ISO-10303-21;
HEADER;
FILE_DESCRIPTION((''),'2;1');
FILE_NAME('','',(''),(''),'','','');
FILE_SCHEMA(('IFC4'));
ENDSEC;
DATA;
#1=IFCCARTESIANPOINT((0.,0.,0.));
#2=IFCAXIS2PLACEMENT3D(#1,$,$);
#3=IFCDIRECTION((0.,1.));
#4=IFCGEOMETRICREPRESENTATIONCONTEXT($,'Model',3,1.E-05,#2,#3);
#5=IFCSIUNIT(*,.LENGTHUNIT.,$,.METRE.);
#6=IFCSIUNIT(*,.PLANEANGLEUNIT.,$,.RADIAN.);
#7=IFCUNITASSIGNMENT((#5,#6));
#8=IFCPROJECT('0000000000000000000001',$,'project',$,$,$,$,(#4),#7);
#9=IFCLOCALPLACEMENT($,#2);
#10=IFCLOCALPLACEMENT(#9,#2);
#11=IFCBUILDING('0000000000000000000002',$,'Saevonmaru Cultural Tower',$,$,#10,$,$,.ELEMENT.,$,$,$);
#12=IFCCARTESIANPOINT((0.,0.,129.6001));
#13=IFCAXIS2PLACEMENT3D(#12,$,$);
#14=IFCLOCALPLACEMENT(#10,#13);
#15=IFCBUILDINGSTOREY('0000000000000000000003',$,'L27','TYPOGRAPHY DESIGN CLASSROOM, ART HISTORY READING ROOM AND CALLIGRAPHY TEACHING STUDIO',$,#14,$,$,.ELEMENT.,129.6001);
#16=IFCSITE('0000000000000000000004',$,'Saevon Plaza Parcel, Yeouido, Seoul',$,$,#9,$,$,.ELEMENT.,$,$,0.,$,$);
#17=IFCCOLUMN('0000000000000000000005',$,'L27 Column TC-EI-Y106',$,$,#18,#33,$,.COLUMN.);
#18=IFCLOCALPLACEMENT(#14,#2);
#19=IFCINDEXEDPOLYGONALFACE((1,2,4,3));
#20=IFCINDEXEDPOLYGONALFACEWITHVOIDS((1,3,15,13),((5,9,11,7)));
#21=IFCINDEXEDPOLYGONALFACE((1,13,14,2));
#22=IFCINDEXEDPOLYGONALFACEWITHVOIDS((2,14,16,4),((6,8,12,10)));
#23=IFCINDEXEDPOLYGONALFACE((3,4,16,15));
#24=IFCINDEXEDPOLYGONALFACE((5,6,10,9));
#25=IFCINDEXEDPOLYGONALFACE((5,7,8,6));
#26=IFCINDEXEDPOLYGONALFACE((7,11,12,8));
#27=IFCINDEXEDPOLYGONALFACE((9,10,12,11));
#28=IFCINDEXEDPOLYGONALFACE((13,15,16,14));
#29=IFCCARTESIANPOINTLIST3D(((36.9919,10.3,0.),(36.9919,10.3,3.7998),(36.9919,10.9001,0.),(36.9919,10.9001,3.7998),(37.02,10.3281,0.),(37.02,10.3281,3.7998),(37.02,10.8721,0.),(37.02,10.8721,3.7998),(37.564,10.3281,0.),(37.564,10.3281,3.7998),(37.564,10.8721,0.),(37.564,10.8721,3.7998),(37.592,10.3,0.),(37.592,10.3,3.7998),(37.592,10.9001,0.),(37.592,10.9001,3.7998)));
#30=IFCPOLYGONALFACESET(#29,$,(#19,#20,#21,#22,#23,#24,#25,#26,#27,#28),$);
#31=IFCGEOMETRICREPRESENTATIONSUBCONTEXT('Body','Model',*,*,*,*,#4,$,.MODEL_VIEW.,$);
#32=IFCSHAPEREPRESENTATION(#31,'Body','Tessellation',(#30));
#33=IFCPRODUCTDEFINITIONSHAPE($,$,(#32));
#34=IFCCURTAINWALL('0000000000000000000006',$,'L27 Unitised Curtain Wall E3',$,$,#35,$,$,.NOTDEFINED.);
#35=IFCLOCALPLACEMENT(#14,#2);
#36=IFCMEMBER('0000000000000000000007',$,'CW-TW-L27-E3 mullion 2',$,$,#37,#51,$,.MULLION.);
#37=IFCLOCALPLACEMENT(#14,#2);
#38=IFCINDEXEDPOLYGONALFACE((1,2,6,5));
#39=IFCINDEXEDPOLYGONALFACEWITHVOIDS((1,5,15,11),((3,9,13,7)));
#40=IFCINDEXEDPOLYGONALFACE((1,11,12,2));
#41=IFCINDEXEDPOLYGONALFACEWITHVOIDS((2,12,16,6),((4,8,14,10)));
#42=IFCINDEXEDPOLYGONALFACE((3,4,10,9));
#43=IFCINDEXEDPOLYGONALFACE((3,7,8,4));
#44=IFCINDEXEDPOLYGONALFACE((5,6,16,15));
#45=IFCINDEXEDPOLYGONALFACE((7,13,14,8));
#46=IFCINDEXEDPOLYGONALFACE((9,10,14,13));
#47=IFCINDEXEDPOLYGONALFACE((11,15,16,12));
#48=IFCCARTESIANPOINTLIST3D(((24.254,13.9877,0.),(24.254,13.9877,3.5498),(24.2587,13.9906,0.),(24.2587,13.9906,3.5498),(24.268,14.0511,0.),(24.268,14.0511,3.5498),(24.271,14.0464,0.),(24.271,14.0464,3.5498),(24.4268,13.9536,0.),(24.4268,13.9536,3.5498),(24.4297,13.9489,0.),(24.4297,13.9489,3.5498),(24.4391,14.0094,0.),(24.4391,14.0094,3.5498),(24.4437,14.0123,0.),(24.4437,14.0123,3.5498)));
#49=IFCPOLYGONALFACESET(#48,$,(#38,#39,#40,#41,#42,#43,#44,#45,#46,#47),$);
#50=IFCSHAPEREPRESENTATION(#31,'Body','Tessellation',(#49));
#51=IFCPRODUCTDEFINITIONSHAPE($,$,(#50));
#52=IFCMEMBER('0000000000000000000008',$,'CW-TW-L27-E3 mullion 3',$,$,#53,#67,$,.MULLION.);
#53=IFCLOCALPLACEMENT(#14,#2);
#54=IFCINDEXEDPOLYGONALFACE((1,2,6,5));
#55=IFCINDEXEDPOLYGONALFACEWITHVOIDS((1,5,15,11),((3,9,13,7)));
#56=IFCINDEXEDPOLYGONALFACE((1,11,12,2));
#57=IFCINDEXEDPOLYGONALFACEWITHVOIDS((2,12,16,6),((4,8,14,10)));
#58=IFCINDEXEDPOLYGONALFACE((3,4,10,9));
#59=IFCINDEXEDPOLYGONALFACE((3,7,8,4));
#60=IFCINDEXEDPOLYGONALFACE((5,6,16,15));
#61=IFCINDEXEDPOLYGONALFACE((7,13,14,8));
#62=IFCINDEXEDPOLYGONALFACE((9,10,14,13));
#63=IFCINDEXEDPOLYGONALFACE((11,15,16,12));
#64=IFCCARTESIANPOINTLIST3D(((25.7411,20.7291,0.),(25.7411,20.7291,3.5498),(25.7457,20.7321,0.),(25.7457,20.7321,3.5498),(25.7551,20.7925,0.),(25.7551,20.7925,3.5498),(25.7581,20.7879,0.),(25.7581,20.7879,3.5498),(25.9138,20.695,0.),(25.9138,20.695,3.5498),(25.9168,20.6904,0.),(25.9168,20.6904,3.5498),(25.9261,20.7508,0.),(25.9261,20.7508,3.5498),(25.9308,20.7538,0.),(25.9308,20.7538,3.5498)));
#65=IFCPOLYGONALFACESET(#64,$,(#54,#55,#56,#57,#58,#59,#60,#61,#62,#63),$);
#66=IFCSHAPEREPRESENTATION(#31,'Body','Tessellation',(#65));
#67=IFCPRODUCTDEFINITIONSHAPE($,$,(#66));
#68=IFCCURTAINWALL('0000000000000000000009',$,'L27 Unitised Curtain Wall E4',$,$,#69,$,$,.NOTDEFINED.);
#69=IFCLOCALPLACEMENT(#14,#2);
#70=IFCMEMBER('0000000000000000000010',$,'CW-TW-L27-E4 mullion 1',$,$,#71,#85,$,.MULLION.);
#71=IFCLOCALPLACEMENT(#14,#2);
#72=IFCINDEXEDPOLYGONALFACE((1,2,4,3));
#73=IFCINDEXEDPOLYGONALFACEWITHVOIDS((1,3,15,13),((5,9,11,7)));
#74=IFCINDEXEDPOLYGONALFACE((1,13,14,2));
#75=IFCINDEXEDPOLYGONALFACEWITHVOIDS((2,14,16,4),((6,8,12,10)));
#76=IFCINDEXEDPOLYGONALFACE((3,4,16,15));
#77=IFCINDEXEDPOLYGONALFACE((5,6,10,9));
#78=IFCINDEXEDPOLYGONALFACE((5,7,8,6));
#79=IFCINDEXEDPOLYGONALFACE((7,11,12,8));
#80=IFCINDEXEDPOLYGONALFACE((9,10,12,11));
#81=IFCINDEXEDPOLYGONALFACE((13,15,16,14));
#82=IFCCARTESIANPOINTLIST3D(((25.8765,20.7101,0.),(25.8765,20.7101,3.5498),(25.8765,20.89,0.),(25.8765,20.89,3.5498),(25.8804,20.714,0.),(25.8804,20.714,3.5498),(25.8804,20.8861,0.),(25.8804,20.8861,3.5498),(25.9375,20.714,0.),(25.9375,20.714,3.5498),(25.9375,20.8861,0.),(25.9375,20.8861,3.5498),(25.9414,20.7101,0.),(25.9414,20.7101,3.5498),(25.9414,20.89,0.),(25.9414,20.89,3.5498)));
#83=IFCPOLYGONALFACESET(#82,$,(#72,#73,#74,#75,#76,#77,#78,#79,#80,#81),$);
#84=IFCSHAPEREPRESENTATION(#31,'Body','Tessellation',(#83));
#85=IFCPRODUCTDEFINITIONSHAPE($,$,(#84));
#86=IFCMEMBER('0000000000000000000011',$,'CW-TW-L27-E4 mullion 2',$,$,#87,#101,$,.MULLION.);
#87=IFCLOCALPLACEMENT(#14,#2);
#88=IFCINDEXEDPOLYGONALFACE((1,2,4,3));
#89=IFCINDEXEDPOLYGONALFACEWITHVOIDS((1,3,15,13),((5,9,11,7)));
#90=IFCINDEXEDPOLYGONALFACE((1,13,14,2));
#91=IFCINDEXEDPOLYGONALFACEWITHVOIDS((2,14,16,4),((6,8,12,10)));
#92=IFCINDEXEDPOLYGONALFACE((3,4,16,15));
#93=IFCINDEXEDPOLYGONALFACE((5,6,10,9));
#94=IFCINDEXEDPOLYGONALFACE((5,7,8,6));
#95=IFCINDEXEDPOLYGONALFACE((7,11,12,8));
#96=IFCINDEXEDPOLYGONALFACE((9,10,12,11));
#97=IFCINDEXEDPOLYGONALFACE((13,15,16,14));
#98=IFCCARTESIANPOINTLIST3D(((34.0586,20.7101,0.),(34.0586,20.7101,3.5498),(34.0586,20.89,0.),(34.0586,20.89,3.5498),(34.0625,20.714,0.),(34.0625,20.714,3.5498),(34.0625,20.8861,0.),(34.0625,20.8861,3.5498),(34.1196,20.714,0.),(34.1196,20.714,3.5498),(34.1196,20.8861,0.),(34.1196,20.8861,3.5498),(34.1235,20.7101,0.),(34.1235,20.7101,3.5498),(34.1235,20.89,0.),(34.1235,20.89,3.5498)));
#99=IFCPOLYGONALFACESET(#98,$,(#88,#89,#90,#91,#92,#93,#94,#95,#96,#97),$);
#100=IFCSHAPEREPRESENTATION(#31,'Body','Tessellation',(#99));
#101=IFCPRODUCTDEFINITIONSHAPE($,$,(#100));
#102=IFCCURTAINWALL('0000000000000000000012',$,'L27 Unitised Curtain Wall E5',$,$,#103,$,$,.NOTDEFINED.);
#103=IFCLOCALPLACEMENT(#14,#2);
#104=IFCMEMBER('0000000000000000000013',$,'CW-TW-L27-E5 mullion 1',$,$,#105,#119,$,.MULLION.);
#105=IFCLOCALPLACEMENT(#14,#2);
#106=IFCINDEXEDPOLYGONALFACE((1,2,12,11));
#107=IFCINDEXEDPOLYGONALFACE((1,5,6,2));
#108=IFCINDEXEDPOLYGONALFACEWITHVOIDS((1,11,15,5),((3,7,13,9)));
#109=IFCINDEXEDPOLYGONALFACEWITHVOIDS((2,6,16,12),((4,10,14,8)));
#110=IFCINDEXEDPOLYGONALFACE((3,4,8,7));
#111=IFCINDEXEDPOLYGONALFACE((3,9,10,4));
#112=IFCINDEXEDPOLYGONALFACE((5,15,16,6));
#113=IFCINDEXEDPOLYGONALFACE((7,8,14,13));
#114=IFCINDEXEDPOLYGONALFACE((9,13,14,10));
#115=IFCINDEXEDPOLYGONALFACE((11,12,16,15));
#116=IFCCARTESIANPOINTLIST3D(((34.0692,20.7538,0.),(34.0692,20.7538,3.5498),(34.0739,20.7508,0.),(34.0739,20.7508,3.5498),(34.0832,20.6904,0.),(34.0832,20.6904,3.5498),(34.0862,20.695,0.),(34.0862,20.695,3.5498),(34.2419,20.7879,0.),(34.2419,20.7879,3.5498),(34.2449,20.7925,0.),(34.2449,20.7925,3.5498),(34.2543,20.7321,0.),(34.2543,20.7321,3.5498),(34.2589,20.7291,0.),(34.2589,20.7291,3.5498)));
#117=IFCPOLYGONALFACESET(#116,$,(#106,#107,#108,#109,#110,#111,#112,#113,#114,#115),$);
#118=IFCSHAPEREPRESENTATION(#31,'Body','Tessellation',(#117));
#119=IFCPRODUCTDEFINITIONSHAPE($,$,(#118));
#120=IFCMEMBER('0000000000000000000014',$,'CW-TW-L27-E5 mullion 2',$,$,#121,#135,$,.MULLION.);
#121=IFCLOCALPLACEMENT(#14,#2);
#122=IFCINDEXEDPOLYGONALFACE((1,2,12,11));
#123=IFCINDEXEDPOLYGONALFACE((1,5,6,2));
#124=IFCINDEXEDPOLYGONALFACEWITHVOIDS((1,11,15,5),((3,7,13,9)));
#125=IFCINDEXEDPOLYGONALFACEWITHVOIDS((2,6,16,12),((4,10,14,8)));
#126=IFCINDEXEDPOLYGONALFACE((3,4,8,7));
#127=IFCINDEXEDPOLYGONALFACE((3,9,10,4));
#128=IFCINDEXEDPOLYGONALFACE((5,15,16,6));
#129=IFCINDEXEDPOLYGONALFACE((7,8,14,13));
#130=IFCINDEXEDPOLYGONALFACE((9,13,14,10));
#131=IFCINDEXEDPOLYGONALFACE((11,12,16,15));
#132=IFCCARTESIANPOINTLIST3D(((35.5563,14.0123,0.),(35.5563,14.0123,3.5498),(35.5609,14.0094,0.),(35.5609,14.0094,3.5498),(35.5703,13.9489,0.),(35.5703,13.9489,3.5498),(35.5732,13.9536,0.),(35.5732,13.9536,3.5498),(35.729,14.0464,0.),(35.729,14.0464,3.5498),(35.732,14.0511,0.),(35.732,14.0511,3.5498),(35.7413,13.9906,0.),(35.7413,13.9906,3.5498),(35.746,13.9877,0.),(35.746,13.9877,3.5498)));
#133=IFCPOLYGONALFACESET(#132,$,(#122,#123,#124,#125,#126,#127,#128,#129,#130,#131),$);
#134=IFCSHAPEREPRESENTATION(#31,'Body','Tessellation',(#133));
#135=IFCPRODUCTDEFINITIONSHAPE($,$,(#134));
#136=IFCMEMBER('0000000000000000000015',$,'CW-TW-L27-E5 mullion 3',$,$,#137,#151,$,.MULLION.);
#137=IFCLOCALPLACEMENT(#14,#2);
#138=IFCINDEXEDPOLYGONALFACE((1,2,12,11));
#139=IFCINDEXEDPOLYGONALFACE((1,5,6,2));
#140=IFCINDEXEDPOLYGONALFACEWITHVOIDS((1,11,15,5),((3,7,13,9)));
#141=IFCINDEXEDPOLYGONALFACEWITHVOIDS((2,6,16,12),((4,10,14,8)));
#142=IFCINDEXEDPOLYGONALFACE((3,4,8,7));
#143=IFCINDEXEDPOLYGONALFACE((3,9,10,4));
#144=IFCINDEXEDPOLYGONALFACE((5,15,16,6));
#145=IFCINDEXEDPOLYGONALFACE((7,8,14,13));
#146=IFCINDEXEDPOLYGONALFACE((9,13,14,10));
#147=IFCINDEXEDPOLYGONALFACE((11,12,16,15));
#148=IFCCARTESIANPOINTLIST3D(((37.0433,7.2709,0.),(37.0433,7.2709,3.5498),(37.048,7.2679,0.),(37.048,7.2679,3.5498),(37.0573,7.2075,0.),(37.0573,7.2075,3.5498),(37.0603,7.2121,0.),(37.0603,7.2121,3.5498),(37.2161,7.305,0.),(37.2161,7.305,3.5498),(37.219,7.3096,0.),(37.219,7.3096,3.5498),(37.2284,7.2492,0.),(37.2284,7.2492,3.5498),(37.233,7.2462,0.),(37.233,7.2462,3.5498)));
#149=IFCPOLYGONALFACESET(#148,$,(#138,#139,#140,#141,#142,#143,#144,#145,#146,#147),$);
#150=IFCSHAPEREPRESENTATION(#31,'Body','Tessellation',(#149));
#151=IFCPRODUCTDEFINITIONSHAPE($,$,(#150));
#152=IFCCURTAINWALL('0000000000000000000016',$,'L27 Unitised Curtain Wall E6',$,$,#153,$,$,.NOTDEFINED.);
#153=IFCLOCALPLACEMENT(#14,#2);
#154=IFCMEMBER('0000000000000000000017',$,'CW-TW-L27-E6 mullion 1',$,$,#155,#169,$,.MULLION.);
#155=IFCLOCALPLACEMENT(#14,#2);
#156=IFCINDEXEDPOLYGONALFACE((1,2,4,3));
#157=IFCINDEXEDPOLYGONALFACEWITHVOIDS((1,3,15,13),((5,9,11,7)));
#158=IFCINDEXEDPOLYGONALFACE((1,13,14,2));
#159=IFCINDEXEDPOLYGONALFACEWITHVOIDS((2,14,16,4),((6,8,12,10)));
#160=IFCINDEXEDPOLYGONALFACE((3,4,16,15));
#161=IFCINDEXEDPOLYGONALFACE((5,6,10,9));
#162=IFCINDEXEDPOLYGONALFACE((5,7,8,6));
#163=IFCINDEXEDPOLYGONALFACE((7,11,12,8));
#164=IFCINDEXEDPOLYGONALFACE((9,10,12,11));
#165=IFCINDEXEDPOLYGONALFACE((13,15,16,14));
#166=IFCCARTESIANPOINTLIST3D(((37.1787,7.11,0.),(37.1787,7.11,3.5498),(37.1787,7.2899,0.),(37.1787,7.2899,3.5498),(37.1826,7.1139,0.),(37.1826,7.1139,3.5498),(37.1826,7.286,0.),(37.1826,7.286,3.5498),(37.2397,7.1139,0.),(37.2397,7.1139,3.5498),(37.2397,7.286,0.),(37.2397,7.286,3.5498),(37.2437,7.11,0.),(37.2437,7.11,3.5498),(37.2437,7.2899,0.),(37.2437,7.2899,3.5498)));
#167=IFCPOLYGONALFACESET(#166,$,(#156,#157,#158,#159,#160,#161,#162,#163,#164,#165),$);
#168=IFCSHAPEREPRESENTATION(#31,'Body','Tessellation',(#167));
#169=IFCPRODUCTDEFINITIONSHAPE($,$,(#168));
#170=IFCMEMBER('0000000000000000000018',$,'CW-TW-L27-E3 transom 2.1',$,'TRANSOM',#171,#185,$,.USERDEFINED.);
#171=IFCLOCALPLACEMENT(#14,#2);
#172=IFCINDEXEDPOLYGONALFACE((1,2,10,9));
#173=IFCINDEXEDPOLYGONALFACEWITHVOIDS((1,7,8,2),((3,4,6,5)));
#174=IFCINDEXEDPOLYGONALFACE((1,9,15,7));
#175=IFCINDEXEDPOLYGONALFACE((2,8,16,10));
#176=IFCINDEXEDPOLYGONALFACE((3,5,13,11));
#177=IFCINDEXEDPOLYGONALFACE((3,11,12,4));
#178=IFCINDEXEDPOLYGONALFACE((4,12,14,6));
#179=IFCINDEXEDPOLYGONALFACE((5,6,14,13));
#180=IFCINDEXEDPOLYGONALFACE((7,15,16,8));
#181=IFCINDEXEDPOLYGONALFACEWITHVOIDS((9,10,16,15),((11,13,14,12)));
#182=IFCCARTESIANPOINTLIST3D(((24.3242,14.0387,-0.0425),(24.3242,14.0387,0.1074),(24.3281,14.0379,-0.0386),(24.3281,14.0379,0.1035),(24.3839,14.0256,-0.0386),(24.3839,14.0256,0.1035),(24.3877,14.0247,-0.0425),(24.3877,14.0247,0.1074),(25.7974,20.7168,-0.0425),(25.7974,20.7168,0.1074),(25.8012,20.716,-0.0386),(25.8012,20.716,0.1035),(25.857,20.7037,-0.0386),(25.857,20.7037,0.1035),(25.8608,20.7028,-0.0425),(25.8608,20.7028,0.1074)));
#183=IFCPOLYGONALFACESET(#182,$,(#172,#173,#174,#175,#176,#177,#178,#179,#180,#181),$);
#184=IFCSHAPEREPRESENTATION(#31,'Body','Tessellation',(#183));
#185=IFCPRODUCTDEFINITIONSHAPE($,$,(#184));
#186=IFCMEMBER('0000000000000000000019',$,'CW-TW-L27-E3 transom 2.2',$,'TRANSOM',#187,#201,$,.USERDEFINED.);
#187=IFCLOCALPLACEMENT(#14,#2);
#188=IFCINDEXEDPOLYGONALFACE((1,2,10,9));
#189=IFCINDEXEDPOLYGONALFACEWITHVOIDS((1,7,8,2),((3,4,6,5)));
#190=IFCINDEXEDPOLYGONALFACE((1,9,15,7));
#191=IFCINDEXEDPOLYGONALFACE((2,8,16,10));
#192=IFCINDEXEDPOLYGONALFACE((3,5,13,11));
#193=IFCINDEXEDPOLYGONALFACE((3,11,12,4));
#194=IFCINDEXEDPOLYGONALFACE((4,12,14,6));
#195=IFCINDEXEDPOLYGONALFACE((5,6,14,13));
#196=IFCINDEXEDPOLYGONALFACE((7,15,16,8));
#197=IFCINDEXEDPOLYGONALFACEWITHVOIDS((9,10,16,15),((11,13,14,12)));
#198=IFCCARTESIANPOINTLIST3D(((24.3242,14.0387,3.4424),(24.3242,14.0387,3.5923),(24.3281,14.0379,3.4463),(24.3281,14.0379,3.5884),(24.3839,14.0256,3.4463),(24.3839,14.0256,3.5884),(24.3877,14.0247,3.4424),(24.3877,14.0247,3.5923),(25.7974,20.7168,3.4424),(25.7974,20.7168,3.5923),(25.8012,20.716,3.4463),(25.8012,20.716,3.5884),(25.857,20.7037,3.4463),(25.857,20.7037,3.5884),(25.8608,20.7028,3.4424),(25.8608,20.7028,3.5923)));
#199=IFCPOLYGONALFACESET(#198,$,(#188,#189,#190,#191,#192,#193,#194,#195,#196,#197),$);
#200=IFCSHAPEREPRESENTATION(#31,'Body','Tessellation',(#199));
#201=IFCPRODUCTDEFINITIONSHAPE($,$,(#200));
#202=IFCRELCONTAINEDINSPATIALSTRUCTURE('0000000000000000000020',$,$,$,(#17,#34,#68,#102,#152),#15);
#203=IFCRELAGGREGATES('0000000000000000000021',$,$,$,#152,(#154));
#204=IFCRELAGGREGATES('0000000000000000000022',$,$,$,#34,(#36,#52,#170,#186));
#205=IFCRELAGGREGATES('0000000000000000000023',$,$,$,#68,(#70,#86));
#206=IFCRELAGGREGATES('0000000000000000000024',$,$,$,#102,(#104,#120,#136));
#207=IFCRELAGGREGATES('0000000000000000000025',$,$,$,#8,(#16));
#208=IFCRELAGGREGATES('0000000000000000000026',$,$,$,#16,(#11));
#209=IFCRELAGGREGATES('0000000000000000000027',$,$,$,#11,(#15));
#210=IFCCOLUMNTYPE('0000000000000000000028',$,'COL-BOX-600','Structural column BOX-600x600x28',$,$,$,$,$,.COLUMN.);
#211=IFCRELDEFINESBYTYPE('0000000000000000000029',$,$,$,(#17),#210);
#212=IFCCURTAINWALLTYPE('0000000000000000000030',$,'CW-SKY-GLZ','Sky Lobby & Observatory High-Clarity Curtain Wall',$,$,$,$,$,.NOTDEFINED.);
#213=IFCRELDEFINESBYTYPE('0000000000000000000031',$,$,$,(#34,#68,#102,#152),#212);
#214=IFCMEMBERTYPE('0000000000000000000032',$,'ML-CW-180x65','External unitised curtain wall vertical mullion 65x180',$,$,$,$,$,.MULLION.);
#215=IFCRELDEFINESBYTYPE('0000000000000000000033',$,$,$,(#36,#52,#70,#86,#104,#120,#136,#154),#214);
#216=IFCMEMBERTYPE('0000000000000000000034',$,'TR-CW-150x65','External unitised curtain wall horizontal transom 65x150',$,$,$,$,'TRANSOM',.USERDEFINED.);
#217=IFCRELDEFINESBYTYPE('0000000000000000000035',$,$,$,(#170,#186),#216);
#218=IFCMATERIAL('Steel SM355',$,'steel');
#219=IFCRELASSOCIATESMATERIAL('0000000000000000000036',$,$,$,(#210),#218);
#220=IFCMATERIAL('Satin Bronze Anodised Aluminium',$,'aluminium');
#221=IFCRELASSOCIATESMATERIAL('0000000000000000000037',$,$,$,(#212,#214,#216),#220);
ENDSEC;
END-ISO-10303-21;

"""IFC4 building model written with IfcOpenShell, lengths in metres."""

from ifc_helpers import new_model, si_unit, direction, frame, origin, origin_2d, place, context, subcontext, project, spatial, hollow_rectangle, extrude, material, material_profile, profile_set, type_object, element, aggregate, save


model = new_model("IFC4")

# Units and contexts
model_context = context("Model", 3, precision=1e-05, world=origin(), true_north=direction((0.0, 1.0)))
body_context = subcontext(model_context, "Body", "Model", "MODEL_VIEW")
ifc_project = project(units=[si_unit("LENGTHUNIT", "METRE"), si_unit("PLANEANGLEUNIT", "RADIAN")], contexts=[model_context])

# Site, building, storey
site_placement = place(None, origin())
site = spatial("IfcSite", under=ifc_project, at=site_placement, Name="Saevon Plaza Parcel, Yeouido, Seoul", CompositionType="ELEMENT", RefElevation=0.0)
building_placement = place(site_placement, origin())
building = spatial("IfcBuilding", under=site, at=building_placement, Name="Saevonmaru Cultural Tower", CompositionType="ELEMENT")
storey_placement = place(building_placement, frame((0.0, 0.0, 129.6001)))
storey = spatial("IfcBuildingStorey", under=building, at=storey_placement, Name="L27", Description="TYPOGRAPHY DESIGN CLASSROOM, ART HISTORY READING ROOM AND CALLIGRAPHY TEACHING STUDIO", CompositionType="ELEMENT", Elevation=129.6001)

# Column
ifc_material_1 = material(Name="Steel SM355", Category="steel")
ifc_material_profile_1 = material_profile(ifc_material_1, hollow_rectangle(XDim=0.6001, YDim=0.6001, WallThickness=0.0281, at=origin_2d()), Name="BOX-600x600x28")
ifc_profile_set_1 = profile_set([ifc_material_profile_1], Name="Steel SM355")
column_type = type_object("IfcColumnType", Name="COL-BOX-600", Description="Structural column BOX-600x600x28", PredefinedType="COLUMN", material=ifc_profile_set_1)
column_placement = place(storey_placement, frame((37.292, 10.6001, 0.0), z_axis=(0.0, 0.0, 1.0), x_axis=(1.0, 0.0, 0.0)))
element("IfcColumn", 1, at=column_placement, inside=storey, type_object=column_type, Name="L27 Column TC-EI-Y106", PredefinedType="COLUMN", context=body_context, shape_type="SweptSolid", body=[
    extrude(hollow_rectangle(XDim=0.6001, YDim=0.6001, WallThickness=0.0281, at=origin_2d()), origin(), (0.0, 0.0, 1.0), 3.7998),
])

# Curtain walls, members
ifc_material_2 = material(Name="Satin Bronze Anodised Aluminium", Category="aluminium")
curtain_wall_type = type_object("IfcCurtainWallType", Name="CW-SKY-GLZ", Description="Sky Lobby & Observatory High-Clarity Curtain Wall", PredefinedType="NOTDEFINED", material=ifc_material_2)
curtain_wall_1_placement = place(storey_placement, origin())
curtain_wall_1 = element("IfcCurtainWall", 2, at=curtain_wall_1_placement, inside=storey, type_object=curtain_wall_type, Name="L27 Unitised Curtain Wall E3", PredefinedType="NOTDEFINED")
ifc_material_profile_2 = material_profile(ifc_material_2, hollow_rectangle(XDim=0.0649, YDim=0.1799, WallThickness=0.0039, at=origin_2d()), Name="ALU-MULL-180x65x4")
ifc_profile_set_2 = profile_set([ifc_material_profile_2], Name="Satin Bronze Anodised Aluminium")
member_type_1 = type_object("IfcMemberType", Name="ML-CW-180x65", Description="External unitised curtain wall vertical mullion 65x180", PredefinedType="MULLION", material=ifc_profile_set_2)
member_1_placement = place(storey_placement, frame((24.3489, 14.0, 0.0), z_axis=(0.0, 0.0, 1.0), x_axis=(0.215413, 0.976523, 0.0)))
member_1 = element("IfcMember", 3, at=member_1_placement, type_object=member_type_1, Name="CW-TW-L27-E3 mullion 2", PredefinedType="MULLION", context=body_context, shape_type="SweptSolid", body=[
    extrude(hollow_rectangle(XDim=0.0649, YDim=0.1799, WallThickness=0.0039, at=origin_2d()), origin(), (0.0, 0.0, 1.0), 3.5498),
])
member_2_placement = place(storey_placement, frame((25.8359, 20.7415, 0.0), z_axis=(0.0, 0.0, 1.0), x_axis=(0.215413, 0.976523, 0.0)))
member_2 = element("IfcMember", 4, at=member_2_placement, type_object=member_type_1, Name="CW-TW-L27-E3 mullion 3", PredefinedType="MULLION", context=body_context, shape_type="SweptSolid", body=[
    extrude(hollow_rectangle(XDim=0.0649, YDim=0.1799, WallThickness=0.0039, at=origin_2d()), origin(), (0.0, 0.0, 1.0), 3.5498),
])
curtain_wall_2_placement = place(storey_placement, origin())
curtain_wall_2 = element("IfcCurtainWall", 5, at=curtain_wall_2_placement, inside=storey, type_object=curtain_wall_type, Name="L27 Unitised Curtain Wall E4", PredefinedType="NOTDEFINED")
member_3_placement = place(storey_placement, frame((25.9089, 20.8, 0.0), z_axis=(0.0, 0.0, 1.0), x_axis=(1.0, 0.0, 0.0)))
member_3 = element("IfcMember", 6, at=member_3_placement, type_object=member_type_1, Name="CW-TW-L27-E4 mullion 1", PredefinedType="MULLION", context=body_context, shape_type="SweptSolid", body=[
    extrude(hollow_rectangle(XDim=0.0649, YDim=0.1799, WallThickness=0.0039, at=origin_2d()), origin(), (0.0, 0.0, 1.0), 3.5498),
])
member_4_placement = place(storey_placement, frame((34.0911, 20.8, 0.0), z_axis=(0.0, 0.0, 1.0), x_axis=(1.0, 0.0, 0.0)))
member_4 = element("IfcMember", 7, at=member_4_placement, type_object=member_type_1, Name="CW-TW-L27-E4 mullion 2", PredefinedType="MULLION", context=body_context, shape_type="SweptSolid", body=[
    extrude(hollow_rectangle(XDim=0.0649, YDim=0.1799, WallThickness=0.0039, at=origin_2d()), origin(), (0.0, 0.0, 1.0), 3.5498),
])
curtain_wall_3_placement = place(storey_placement, origin())
curtain_wall_3 = element("IfcCurtainWall", 8, at=curtain_wall_3_placement, inside=storey, type_object=curtain_wall_type, Name="L27 Unitised Curtain Wall E5", PredefinedType="NOTDEFINED")
member_5_placement = place(storey_placement, frame((34.1641, 20.7415, 0.0), z_axis=(0.0, 0.0, 1.0), x_axis=(0.215413, -0.976523, 0.0)))
member_5 = element("IfcMember", 9, at=member_5_placement, type_object=member_type_1, Name="CW-TW-L27-E5 mullion 1", PredefinedType="MULLION", context=body_context, shape_type="SweptSolid", body=[
    extrude(hollow_rectangle(XDim=0.0649, YDim=0.1799, WallThickness=0.0039, at=origin_2d()), origin(), (0.0, 0.0, 1.0), 3.5498),
])
member_6_placement = place(storey_placement, frame((35.6511, 14.0, 0.0), z_axis=(0.0, 0.0, 1.0), x_axis=(0.215413, -0.976523, 0.0)))
member_6 = element("IfcMember", 10, at=member_6_placement, type_object=member_type_1, Name="CW-TW-L27-E5 mullion 2", PredefinedType="MULLION", context=body_context, shape_type="SweptSolid", body=[
    extrude(hollow_rectangle(XDim=0.0649, YDim=0.1799, WallThickness=0.0039, at=origin_2d()), origin(), (0.0, 0.0, 1.0), 3.5498),
])
member_7_placement = place(storey_placement, frame((37.1382, 7.2585, 0.0), z_axis=(0.0, 0.0, 1.0), x_axis=(0.215413, -0.976523, 0.0)))
member_7 = element("IfcMember", 11, at=member_7_placement, type_object=member_type_1, Name="CW-TW-L27-E5 mullion 3", PredefinedType="MULLION", context=body_context, shape_type="SweptSolid", body=[
    extrude(hollow_rectangle(XDim=0.0649, YDim=0.1799, WallThickness=0.0039, at=origin_2d()), origin(), (0.0, 0.0, 1.0), 3.5498),
])

# Curtain wall, member
curtain_wall_4_placement = place(storey_placement, origin())
curtain_wall_4 = element("IfcCurtainWall", 12, at=curtain_wall_4_placement, inside=storey, type_object=curtain_wall_type, Name="L27 Unitised Curtain Wall E6", PredefinedType="NOTDEFINED")
member_8_placement = place(storey_placement, frame((37.2112, 7.2, 0.0), z_axis=(0.0, 0.0, 1.0), x_axis=(1.0, 0.0, 0.0)))
member_8 = element("IfcMember", 13, at=member_8_placement, type_object=member_type_1, Name="CW-TW-L27-E6 mullion 1", PredefinedType="MULLION", context=body_context, shape_type="SweptSolid", body=[
    extrude(hollow_rectangle(XDim=0.0649, YDim=0.1799, WallThickness=0.0039, at=origin_2d()), origin(), (0.0, 0.0, 1.0), 3.5498),
])

# Members
ifc_material_profile_3 = material_profile(ifc_material_2, hollow_rectangle(XDim=0.0649, YDim=0.1499, WallThickness=0.0039, at=origin_2d()), Name="ALU-TRAN-150x65x4")
ifc_profile_set_3 = profile_set([ifc_material_profile_3], Name="Satin Bronze Anodised Aluminium")
member_type_2 = type_object("IfcMemberType", Name="TR-CW-150x65", Description="External unitised curtain wall horizontal transom 65x150", ElementType="TRANSOM", PredefinedType="USERDEFINED", material=ifc_profile_set_3)
member_9_placement = place(storey_placement, frame((24.356, 14.0317, 0.0325), z_axis=(0.215418, 0.976522, 0.0), x_axis=(-0.976522, 0.215418, 0.0)))
member_9 = element("IfcMember", 14, at=member_9_placement, type_object=member_type_2, Name="CW-TW-L27-E3 transom 2.1", ObjectType="TRANSOM", PredefinedType="USERDEFINED", context=body_context, shape_type="SweptSolid", body=[
    extrude(hollow_rectangle(XDim=0.0649, YDim=0.1499, WallThickness=0.0039, at=origin_2d()), origin(), (0.0, 0.0, 1.0), 6.8386),
])
member_10_placement = place(storey_placement, frame((24.356, 14.0317, 3.5173), z_axis=(0.215418, 0.976522, 0.0), x_axis=(-0.976522, 0.215418, 0.0)))
member_10 = element("IfcMember", 15, at=member_10_placement, type_object=member_type_2, Name="CW-TW-L27-E3 transom 2.2", ObjectType="TRANSOM", PredefinedType="USERDEFINED", context=body_context, shape_type="SweptSolid", body=[
    extrude(hollow_rectangle(XDim=0.0649, YDim=0.1499, WallThickness=0.0039, at=origin_2d()), origin(), (0.0, 0.0, 1.0), 6.8386),
])
aggregate(curtain_wall_4, [member_8])

aggregate(curtain_wall_1, [member_1, member_2, member_9, member_10])
aggregate(curtain_wall_2, [member_3, member_4])
aggregate(curtain_wall_3, [member_5, member_6, member_7])

save(model, "model.ifc")
